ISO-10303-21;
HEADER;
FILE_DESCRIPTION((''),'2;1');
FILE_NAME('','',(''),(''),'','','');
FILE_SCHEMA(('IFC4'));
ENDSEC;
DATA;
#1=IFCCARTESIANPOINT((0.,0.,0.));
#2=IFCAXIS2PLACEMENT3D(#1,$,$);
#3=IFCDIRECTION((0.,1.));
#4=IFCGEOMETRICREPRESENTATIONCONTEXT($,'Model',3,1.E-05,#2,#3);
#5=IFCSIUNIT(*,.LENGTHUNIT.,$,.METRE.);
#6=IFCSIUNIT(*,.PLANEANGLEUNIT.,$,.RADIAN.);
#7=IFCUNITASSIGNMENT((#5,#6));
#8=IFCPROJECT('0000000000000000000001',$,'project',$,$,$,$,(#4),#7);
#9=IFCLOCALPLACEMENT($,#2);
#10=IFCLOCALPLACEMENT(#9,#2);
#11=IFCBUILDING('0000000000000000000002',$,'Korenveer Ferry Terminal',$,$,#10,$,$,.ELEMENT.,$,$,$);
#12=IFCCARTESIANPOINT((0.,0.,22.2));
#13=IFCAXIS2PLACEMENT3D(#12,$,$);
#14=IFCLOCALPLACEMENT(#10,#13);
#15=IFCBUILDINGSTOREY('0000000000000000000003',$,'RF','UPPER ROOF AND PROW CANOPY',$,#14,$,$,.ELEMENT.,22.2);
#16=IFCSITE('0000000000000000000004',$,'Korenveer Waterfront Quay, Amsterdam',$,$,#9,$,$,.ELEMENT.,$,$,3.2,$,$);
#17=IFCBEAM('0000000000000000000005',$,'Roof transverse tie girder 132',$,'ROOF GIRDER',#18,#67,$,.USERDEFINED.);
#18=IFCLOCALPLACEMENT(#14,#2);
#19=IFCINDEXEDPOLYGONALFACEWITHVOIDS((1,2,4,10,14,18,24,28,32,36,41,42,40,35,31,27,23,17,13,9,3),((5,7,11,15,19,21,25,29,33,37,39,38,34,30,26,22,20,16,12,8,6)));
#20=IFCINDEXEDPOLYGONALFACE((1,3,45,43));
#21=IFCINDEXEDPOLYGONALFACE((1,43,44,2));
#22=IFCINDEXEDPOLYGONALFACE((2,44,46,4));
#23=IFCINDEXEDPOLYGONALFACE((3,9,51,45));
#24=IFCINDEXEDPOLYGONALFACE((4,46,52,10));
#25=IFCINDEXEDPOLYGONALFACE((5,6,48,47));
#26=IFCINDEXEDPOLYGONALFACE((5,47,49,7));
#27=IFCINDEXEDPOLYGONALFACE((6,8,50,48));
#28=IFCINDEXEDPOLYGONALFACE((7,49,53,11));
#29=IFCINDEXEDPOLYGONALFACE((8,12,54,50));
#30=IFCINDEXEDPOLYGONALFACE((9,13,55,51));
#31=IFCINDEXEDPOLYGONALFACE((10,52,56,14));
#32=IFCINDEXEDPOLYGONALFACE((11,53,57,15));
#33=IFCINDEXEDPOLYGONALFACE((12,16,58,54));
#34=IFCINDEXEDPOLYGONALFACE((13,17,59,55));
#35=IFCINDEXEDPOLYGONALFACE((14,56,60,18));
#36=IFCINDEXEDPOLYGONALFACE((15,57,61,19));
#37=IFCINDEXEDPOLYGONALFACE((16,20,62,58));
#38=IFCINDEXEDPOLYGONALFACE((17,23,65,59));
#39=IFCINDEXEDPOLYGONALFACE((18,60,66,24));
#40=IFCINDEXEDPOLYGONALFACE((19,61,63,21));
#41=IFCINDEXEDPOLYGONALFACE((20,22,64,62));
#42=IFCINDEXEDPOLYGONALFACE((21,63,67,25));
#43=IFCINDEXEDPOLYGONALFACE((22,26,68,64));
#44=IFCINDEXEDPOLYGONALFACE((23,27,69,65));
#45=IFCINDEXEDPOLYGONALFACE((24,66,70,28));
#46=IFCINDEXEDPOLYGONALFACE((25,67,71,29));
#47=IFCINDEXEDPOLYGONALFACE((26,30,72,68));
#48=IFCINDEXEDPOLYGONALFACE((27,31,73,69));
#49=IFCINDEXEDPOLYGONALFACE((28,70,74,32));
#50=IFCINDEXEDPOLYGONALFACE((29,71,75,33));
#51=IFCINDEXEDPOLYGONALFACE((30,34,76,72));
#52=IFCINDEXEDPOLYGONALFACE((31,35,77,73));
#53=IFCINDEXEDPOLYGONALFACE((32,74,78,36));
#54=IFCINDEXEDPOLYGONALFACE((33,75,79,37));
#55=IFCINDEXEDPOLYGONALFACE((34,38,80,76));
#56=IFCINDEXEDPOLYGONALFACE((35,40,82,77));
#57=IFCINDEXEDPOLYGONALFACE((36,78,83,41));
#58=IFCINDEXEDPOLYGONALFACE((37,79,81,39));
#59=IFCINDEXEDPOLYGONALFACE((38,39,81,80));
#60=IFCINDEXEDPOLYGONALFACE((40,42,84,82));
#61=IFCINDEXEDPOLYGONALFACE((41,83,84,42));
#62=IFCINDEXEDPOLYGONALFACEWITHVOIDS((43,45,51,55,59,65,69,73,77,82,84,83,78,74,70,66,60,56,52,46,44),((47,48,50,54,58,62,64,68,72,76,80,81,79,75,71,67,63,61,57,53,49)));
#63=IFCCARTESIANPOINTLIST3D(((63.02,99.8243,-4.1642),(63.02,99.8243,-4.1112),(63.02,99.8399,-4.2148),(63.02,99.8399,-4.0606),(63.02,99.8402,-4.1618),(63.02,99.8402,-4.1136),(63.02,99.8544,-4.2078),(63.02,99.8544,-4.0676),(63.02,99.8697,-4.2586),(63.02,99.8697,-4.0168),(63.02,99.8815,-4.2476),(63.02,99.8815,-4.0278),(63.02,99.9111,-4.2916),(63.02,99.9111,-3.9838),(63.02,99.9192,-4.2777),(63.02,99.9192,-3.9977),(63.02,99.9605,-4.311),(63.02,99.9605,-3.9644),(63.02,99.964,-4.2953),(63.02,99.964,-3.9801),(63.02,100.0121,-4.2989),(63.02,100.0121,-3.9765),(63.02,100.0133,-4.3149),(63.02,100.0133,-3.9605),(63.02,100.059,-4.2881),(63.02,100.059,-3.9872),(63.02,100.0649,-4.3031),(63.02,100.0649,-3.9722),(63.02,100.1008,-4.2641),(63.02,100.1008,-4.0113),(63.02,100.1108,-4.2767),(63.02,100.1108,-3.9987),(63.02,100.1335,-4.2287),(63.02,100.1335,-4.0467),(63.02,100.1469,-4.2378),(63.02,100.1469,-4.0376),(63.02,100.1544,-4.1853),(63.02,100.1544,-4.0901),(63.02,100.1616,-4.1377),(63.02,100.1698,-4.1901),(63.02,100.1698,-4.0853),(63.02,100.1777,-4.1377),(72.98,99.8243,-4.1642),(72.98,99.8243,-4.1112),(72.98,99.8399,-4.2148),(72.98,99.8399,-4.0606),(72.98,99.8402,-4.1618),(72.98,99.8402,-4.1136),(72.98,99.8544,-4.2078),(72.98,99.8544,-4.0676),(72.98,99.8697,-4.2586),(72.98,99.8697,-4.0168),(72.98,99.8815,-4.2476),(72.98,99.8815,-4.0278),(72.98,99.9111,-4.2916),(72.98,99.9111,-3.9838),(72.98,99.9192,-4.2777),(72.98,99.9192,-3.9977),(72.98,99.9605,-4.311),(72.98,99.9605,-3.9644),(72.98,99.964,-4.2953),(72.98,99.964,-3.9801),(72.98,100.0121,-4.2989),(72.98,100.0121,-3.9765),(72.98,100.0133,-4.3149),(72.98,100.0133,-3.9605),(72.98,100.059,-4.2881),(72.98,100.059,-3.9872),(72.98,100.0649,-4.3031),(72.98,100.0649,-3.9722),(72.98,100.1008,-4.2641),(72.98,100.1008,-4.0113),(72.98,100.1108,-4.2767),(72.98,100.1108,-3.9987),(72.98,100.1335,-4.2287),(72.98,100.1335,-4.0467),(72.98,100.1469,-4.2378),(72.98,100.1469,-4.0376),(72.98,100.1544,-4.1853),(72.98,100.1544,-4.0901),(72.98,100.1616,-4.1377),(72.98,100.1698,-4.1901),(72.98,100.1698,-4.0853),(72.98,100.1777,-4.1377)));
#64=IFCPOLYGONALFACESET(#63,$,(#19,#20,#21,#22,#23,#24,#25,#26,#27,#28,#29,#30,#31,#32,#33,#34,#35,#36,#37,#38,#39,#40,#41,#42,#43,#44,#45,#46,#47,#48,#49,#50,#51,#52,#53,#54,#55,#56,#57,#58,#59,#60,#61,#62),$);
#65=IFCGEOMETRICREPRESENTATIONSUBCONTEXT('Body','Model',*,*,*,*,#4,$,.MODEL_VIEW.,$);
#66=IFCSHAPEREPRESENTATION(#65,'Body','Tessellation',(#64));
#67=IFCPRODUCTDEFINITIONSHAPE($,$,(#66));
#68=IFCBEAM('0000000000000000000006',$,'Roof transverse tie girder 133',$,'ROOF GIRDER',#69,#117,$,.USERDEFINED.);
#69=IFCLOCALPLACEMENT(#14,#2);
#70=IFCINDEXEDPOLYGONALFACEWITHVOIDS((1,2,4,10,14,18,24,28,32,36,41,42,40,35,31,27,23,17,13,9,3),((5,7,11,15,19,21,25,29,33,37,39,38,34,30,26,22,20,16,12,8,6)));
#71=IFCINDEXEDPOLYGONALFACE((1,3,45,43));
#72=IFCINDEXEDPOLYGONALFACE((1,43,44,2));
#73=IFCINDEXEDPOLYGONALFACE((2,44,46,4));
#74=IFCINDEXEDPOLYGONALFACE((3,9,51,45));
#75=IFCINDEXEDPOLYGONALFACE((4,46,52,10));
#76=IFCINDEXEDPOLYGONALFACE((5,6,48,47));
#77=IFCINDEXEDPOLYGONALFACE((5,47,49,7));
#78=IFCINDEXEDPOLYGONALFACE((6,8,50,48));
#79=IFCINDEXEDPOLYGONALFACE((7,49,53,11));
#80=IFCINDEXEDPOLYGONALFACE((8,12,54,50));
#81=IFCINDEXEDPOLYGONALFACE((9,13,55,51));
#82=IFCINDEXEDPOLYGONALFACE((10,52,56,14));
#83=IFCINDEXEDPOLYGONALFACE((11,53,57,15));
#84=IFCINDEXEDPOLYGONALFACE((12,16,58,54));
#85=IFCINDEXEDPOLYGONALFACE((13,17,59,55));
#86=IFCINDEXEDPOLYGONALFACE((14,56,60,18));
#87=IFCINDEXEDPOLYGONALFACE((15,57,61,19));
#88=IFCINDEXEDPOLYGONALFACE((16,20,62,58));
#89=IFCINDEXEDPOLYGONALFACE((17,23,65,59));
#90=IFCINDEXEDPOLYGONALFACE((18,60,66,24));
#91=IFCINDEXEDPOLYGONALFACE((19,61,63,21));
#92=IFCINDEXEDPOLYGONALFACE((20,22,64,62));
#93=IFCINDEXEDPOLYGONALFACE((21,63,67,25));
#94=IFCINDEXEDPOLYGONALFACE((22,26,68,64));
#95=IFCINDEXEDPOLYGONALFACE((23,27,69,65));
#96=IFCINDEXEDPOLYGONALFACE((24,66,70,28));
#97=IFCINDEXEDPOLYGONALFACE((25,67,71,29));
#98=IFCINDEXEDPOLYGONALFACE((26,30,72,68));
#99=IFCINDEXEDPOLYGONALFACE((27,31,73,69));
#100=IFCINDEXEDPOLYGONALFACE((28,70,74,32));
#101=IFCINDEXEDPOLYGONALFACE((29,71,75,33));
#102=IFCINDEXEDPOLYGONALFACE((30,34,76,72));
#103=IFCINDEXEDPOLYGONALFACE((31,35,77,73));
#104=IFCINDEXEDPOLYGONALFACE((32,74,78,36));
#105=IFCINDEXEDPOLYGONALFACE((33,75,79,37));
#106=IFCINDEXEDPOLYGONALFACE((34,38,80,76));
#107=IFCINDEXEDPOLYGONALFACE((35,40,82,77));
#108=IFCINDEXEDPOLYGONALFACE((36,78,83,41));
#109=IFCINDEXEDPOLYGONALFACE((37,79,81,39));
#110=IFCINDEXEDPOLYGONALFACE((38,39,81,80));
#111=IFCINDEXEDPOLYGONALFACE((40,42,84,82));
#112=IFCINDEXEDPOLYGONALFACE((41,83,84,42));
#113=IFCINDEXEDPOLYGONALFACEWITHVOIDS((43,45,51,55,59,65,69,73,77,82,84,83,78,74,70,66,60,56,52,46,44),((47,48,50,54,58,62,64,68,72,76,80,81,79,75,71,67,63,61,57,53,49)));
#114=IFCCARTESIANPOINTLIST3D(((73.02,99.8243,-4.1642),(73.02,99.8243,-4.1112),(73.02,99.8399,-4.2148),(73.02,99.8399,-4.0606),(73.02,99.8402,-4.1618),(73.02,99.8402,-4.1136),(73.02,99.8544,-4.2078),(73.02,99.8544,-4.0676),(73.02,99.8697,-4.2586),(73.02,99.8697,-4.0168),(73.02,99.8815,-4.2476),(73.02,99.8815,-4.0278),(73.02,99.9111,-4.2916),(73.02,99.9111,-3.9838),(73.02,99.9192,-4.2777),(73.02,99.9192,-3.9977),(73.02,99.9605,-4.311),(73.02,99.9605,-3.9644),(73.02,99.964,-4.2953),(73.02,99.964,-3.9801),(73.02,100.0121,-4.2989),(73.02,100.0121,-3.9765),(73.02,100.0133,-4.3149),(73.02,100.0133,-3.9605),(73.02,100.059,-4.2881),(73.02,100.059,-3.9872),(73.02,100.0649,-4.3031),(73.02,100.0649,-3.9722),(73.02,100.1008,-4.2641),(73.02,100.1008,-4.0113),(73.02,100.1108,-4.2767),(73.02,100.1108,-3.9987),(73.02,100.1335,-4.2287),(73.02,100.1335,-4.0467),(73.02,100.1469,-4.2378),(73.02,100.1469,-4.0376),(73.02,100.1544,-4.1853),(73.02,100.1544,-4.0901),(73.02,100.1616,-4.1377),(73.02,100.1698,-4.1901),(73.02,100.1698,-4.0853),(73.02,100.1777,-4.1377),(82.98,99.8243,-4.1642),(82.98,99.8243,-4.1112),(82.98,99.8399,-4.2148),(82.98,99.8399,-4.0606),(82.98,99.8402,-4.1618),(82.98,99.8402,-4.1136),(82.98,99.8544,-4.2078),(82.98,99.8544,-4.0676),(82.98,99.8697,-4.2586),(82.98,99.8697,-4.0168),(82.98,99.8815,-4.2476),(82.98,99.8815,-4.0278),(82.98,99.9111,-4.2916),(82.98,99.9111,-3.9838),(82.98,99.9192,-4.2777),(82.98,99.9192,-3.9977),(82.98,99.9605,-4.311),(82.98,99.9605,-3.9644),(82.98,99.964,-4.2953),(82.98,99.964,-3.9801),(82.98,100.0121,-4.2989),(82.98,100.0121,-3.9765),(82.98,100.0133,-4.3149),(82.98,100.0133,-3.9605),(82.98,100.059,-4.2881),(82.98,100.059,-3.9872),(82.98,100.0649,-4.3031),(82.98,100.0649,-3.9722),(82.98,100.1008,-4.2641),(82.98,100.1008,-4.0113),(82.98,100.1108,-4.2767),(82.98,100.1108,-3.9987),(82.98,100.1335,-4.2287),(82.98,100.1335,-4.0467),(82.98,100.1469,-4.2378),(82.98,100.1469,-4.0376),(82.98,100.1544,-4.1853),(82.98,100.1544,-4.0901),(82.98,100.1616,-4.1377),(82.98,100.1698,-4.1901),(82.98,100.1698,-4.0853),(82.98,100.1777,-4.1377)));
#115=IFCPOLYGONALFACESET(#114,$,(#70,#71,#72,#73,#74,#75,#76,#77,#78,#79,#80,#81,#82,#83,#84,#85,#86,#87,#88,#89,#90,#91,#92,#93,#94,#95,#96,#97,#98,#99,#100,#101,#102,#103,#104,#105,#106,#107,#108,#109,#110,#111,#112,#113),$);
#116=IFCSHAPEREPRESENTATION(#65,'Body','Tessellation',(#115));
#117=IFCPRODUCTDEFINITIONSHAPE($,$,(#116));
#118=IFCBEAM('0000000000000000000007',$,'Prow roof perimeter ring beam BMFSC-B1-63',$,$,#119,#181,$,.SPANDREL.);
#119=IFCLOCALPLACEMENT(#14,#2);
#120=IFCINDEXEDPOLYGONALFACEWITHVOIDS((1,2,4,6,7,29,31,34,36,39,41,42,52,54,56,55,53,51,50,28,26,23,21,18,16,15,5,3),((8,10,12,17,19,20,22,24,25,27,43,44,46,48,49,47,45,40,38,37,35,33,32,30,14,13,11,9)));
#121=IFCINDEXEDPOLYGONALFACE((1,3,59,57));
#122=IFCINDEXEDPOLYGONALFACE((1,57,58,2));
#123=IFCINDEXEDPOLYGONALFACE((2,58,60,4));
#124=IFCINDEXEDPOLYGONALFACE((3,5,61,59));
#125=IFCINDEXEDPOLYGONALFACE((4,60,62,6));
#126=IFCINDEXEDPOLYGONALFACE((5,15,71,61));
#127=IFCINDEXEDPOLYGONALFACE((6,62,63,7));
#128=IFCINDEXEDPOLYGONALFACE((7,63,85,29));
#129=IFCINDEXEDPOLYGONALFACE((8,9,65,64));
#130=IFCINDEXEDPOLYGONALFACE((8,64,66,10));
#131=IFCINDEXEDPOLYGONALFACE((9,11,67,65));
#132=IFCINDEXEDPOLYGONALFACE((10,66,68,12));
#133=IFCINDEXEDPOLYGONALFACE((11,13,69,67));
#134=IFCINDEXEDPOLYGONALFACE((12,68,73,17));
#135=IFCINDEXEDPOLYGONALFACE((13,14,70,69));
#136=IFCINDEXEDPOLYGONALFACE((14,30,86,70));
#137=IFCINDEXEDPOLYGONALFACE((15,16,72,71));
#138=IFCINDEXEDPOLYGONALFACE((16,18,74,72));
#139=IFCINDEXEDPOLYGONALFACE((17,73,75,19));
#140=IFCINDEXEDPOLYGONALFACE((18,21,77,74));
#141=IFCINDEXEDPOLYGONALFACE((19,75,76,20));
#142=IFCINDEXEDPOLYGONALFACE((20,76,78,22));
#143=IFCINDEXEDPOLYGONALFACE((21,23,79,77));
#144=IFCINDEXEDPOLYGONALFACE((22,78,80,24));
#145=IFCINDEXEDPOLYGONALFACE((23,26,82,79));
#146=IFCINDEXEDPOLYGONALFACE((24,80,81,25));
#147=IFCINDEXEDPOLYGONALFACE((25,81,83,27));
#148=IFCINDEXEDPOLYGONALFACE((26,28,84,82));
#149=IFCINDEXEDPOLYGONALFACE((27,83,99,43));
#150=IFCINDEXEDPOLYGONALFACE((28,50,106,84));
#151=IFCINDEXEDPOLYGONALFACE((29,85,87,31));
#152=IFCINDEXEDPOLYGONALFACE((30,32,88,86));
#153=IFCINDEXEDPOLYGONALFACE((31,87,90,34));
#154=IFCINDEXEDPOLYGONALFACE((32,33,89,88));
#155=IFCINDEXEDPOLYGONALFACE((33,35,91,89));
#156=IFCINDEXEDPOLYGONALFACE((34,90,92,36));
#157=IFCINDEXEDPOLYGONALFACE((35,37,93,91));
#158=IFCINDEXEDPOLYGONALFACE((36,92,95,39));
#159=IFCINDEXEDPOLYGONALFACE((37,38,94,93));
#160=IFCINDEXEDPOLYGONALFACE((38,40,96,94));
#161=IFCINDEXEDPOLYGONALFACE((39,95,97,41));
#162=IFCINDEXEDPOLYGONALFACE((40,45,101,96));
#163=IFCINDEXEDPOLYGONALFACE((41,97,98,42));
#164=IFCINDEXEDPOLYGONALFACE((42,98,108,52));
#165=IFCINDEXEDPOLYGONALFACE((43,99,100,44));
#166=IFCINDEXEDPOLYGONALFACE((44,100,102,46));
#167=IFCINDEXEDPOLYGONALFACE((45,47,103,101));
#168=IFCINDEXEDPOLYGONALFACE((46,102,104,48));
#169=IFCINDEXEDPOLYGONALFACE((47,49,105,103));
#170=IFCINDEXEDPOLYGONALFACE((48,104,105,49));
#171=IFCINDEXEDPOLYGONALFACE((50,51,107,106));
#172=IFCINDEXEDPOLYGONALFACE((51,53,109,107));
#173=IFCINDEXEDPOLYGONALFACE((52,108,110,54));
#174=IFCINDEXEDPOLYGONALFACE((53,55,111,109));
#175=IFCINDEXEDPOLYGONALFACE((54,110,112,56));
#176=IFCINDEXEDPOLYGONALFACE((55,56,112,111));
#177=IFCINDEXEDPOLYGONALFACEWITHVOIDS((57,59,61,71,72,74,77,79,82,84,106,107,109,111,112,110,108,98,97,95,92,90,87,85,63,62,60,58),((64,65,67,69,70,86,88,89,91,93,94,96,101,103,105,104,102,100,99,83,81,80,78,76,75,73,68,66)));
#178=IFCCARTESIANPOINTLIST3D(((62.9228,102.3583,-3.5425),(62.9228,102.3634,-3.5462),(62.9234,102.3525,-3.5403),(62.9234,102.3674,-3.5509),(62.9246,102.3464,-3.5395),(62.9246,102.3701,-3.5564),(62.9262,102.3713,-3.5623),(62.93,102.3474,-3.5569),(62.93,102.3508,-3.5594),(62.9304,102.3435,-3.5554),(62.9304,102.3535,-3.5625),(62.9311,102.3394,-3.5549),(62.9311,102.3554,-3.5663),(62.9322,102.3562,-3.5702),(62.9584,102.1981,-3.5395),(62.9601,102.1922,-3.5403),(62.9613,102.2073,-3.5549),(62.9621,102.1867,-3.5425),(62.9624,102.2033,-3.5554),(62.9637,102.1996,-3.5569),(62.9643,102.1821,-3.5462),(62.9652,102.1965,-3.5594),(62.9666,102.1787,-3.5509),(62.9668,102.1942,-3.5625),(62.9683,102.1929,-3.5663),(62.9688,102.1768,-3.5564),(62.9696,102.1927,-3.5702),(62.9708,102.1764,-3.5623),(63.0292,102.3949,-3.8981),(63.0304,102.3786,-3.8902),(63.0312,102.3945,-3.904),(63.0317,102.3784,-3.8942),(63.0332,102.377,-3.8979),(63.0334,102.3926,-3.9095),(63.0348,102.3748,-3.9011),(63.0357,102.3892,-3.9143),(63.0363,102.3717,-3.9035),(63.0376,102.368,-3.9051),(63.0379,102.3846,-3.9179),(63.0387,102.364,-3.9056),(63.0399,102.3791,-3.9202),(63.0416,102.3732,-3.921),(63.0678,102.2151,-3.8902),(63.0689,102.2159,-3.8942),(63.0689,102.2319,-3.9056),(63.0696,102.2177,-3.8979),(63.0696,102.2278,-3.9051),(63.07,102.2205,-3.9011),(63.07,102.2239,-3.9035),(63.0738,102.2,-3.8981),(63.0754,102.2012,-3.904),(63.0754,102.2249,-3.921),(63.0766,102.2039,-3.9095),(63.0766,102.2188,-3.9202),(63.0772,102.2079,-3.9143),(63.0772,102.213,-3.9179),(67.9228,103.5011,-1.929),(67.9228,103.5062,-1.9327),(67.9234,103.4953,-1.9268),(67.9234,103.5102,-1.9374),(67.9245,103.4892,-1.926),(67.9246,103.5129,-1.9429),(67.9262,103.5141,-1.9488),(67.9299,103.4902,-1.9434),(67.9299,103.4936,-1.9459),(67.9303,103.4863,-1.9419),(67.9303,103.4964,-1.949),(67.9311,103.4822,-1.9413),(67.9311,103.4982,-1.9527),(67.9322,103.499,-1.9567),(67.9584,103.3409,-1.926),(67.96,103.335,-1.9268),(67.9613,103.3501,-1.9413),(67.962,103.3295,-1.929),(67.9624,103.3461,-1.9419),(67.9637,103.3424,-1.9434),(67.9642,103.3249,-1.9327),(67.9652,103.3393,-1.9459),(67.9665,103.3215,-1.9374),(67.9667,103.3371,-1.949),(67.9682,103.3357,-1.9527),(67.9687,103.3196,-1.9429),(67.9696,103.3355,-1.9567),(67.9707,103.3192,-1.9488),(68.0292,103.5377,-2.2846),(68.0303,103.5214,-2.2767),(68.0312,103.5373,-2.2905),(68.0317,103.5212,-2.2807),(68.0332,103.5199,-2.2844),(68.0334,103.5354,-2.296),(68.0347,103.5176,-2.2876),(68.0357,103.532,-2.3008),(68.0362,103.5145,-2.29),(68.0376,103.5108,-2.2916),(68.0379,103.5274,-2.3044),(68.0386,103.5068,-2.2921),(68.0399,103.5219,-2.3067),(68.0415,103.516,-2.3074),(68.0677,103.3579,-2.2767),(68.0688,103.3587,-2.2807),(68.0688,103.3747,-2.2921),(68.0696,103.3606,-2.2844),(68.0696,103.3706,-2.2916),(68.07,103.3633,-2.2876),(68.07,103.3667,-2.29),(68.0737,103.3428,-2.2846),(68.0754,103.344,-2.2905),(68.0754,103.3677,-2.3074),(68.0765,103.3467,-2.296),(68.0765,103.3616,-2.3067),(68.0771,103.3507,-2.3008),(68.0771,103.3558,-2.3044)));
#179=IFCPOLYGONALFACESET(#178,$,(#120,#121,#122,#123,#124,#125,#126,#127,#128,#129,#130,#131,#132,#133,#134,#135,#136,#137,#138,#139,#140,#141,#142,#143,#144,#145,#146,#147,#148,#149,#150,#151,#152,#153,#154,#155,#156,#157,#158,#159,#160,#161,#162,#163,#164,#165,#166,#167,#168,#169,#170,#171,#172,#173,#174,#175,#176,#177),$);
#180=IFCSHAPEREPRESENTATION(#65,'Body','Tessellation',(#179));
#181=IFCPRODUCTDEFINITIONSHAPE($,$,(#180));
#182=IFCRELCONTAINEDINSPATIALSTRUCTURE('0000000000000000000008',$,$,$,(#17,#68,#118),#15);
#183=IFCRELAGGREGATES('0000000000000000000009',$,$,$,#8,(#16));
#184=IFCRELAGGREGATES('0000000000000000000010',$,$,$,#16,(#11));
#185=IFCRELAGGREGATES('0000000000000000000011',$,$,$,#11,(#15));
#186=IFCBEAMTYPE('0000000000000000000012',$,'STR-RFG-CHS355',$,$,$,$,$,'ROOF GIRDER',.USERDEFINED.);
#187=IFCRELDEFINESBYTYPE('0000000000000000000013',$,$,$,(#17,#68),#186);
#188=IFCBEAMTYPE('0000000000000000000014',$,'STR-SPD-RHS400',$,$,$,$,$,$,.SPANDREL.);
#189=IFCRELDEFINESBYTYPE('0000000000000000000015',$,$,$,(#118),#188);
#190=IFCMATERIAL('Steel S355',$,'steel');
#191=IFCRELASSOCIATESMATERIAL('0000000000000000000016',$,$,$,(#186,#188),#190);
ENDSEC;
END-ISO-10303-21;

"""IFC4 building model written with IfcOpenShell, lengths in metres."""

from ifc_helpers import new_model, si_unit, direction, frame, origin, origin_2d, place, context, subcontext, project, spatial, hollow_rectangle, hollow_circle, extrude, material, material_profile, profile_set, type_object, element, save


model = new_model("IFC4")

# Units and contexts
model_context = context("Model", 3, precision=1e-05, world=origin(), true_north=direction((0.0, 1.0)))
body_context = subcontext(model_context, "Body", "Model", "MODEL_VIEW")
ifc_project = project(units=[si_unit("LENGTHUNIT", "METRE"), si_unit("PLANEANGLEUNIT", "RADIAN")], contexts=[model_context])

# Site, building, storey
site_placement = place(None, origin())
site = spatial("IfcSite", under=ifc_project, at=site_placement, Name="Korenveer Waterfront Quay, Amsterdam", CompositionType="ELEMENT", RefElevation=3.2)
building_placement = place(site_placement, origin())
building = spatial("IfcBuilding", under=site, at=building_placement, Name="Korenveer Ferry Terminal", CompositionType="ELEMENT")
storey_placement = place(building_placement, frame((0.0, 0.0, 22.2)))
storey = spatial("IfcBuildingStorey", under=building, at=storey_placement, Name="RF", Description="UPPER ROOF AND PROW CANOPY", CompositionType="ELEMENT", Elevation=22.2)

# Shared definitions
ifc_material_1 = material(Name="Steel S355", Category="steel")

# Beams
ifc_material_profile_1 = material_profile(ifc_material_1, hollow_circle(Radius=0.1777, WallThickness=0.0161, at=origin_2d()), Name="CHS 355.6x16")
ifc_profile_set_1 = profile_set([ifc_material_profile_1], Name="Steel S355")
beam_type_1 = type_object("IfcBeamType", Name="STR-RFG-CHS355", ElementType="ROOF GIRDER", PredefinedType="USERDEFINED", material=ifc_profile_set_1)
for number, where, z_axis, x_axis, name in (
    (1, (63.02, 100.0, -4.1377), (1.0, 0.0, 0.0), (0.0, 1.0, 0.0), "Roof transverse tie girder 132"),
    (2, (73.02, 100.0, -4.1377), (1.0, 0.0, 0.0), (0.0, 1.0, 0.0), "Roof transverse tie girder 133"),
):
    element("IfcBeam", number, at=place(storey_placement, frame(where, z_axis=z_axis, x_axis=x_axis)), inside=storey, type_object=beam_type_1, Name=name, ObjectType="ROOF GIRDER", PredefinedType="USERDEFINED", context=body_context, shape_type="SweptSolid", body=[
        extrude(hollow_circle(Radius=0.1777, WallThickness=0.0161, at=origin_2d()), origin(), (0.0, 0.0, 1.0), 9.96),
    ])
ifc_material_profile_2 = material_profile(ifc_material_1, hollow_rectangle(XDim=0.2, YDim=0.3999, WallThickness=0.0161, InnerFilletRadius=0.0161, OuterFilletRadius=0.0239, at=origin_2d()), Name="RHS 400x200x16")
ifc_profile_set_2 = profile_set([ifc_material_profile_2], Name="Steel S355")
beam_type_2 = type_object("IfcBeamType", Name="STR-SPD-RHS400", PredefinedType="SPANDREL", material=ifc_profile_set_2)
beam_1_placement = place(storey_placement, frame((63.0, 102.2856, -3.7302), z_axis=(0.929929, 0.212549, 0.300093), x_axis=(-0.222818, 0.97486, 0.0)))
element("IfcBeam", 3, at=beam_1_placement, inside=storey, type_object=beam_type_2, Name="Prow roof perimeter ring beam BMFSC-B1-63", PredefinedType="SPANDREL", context=body_context, shape_type="SweptSolid", body=[
    extrude(hollow_rectangle(XDim=0.2, YDim=0.3999, WallThickness=0.0161, InnerFilletRadius=0.0161, OuterFilletRadius=0.0239, at=origin_2d()), origin(), (0.0, 0.0, 1.0), 5.3767),
])

save(model, "model.ifc")
